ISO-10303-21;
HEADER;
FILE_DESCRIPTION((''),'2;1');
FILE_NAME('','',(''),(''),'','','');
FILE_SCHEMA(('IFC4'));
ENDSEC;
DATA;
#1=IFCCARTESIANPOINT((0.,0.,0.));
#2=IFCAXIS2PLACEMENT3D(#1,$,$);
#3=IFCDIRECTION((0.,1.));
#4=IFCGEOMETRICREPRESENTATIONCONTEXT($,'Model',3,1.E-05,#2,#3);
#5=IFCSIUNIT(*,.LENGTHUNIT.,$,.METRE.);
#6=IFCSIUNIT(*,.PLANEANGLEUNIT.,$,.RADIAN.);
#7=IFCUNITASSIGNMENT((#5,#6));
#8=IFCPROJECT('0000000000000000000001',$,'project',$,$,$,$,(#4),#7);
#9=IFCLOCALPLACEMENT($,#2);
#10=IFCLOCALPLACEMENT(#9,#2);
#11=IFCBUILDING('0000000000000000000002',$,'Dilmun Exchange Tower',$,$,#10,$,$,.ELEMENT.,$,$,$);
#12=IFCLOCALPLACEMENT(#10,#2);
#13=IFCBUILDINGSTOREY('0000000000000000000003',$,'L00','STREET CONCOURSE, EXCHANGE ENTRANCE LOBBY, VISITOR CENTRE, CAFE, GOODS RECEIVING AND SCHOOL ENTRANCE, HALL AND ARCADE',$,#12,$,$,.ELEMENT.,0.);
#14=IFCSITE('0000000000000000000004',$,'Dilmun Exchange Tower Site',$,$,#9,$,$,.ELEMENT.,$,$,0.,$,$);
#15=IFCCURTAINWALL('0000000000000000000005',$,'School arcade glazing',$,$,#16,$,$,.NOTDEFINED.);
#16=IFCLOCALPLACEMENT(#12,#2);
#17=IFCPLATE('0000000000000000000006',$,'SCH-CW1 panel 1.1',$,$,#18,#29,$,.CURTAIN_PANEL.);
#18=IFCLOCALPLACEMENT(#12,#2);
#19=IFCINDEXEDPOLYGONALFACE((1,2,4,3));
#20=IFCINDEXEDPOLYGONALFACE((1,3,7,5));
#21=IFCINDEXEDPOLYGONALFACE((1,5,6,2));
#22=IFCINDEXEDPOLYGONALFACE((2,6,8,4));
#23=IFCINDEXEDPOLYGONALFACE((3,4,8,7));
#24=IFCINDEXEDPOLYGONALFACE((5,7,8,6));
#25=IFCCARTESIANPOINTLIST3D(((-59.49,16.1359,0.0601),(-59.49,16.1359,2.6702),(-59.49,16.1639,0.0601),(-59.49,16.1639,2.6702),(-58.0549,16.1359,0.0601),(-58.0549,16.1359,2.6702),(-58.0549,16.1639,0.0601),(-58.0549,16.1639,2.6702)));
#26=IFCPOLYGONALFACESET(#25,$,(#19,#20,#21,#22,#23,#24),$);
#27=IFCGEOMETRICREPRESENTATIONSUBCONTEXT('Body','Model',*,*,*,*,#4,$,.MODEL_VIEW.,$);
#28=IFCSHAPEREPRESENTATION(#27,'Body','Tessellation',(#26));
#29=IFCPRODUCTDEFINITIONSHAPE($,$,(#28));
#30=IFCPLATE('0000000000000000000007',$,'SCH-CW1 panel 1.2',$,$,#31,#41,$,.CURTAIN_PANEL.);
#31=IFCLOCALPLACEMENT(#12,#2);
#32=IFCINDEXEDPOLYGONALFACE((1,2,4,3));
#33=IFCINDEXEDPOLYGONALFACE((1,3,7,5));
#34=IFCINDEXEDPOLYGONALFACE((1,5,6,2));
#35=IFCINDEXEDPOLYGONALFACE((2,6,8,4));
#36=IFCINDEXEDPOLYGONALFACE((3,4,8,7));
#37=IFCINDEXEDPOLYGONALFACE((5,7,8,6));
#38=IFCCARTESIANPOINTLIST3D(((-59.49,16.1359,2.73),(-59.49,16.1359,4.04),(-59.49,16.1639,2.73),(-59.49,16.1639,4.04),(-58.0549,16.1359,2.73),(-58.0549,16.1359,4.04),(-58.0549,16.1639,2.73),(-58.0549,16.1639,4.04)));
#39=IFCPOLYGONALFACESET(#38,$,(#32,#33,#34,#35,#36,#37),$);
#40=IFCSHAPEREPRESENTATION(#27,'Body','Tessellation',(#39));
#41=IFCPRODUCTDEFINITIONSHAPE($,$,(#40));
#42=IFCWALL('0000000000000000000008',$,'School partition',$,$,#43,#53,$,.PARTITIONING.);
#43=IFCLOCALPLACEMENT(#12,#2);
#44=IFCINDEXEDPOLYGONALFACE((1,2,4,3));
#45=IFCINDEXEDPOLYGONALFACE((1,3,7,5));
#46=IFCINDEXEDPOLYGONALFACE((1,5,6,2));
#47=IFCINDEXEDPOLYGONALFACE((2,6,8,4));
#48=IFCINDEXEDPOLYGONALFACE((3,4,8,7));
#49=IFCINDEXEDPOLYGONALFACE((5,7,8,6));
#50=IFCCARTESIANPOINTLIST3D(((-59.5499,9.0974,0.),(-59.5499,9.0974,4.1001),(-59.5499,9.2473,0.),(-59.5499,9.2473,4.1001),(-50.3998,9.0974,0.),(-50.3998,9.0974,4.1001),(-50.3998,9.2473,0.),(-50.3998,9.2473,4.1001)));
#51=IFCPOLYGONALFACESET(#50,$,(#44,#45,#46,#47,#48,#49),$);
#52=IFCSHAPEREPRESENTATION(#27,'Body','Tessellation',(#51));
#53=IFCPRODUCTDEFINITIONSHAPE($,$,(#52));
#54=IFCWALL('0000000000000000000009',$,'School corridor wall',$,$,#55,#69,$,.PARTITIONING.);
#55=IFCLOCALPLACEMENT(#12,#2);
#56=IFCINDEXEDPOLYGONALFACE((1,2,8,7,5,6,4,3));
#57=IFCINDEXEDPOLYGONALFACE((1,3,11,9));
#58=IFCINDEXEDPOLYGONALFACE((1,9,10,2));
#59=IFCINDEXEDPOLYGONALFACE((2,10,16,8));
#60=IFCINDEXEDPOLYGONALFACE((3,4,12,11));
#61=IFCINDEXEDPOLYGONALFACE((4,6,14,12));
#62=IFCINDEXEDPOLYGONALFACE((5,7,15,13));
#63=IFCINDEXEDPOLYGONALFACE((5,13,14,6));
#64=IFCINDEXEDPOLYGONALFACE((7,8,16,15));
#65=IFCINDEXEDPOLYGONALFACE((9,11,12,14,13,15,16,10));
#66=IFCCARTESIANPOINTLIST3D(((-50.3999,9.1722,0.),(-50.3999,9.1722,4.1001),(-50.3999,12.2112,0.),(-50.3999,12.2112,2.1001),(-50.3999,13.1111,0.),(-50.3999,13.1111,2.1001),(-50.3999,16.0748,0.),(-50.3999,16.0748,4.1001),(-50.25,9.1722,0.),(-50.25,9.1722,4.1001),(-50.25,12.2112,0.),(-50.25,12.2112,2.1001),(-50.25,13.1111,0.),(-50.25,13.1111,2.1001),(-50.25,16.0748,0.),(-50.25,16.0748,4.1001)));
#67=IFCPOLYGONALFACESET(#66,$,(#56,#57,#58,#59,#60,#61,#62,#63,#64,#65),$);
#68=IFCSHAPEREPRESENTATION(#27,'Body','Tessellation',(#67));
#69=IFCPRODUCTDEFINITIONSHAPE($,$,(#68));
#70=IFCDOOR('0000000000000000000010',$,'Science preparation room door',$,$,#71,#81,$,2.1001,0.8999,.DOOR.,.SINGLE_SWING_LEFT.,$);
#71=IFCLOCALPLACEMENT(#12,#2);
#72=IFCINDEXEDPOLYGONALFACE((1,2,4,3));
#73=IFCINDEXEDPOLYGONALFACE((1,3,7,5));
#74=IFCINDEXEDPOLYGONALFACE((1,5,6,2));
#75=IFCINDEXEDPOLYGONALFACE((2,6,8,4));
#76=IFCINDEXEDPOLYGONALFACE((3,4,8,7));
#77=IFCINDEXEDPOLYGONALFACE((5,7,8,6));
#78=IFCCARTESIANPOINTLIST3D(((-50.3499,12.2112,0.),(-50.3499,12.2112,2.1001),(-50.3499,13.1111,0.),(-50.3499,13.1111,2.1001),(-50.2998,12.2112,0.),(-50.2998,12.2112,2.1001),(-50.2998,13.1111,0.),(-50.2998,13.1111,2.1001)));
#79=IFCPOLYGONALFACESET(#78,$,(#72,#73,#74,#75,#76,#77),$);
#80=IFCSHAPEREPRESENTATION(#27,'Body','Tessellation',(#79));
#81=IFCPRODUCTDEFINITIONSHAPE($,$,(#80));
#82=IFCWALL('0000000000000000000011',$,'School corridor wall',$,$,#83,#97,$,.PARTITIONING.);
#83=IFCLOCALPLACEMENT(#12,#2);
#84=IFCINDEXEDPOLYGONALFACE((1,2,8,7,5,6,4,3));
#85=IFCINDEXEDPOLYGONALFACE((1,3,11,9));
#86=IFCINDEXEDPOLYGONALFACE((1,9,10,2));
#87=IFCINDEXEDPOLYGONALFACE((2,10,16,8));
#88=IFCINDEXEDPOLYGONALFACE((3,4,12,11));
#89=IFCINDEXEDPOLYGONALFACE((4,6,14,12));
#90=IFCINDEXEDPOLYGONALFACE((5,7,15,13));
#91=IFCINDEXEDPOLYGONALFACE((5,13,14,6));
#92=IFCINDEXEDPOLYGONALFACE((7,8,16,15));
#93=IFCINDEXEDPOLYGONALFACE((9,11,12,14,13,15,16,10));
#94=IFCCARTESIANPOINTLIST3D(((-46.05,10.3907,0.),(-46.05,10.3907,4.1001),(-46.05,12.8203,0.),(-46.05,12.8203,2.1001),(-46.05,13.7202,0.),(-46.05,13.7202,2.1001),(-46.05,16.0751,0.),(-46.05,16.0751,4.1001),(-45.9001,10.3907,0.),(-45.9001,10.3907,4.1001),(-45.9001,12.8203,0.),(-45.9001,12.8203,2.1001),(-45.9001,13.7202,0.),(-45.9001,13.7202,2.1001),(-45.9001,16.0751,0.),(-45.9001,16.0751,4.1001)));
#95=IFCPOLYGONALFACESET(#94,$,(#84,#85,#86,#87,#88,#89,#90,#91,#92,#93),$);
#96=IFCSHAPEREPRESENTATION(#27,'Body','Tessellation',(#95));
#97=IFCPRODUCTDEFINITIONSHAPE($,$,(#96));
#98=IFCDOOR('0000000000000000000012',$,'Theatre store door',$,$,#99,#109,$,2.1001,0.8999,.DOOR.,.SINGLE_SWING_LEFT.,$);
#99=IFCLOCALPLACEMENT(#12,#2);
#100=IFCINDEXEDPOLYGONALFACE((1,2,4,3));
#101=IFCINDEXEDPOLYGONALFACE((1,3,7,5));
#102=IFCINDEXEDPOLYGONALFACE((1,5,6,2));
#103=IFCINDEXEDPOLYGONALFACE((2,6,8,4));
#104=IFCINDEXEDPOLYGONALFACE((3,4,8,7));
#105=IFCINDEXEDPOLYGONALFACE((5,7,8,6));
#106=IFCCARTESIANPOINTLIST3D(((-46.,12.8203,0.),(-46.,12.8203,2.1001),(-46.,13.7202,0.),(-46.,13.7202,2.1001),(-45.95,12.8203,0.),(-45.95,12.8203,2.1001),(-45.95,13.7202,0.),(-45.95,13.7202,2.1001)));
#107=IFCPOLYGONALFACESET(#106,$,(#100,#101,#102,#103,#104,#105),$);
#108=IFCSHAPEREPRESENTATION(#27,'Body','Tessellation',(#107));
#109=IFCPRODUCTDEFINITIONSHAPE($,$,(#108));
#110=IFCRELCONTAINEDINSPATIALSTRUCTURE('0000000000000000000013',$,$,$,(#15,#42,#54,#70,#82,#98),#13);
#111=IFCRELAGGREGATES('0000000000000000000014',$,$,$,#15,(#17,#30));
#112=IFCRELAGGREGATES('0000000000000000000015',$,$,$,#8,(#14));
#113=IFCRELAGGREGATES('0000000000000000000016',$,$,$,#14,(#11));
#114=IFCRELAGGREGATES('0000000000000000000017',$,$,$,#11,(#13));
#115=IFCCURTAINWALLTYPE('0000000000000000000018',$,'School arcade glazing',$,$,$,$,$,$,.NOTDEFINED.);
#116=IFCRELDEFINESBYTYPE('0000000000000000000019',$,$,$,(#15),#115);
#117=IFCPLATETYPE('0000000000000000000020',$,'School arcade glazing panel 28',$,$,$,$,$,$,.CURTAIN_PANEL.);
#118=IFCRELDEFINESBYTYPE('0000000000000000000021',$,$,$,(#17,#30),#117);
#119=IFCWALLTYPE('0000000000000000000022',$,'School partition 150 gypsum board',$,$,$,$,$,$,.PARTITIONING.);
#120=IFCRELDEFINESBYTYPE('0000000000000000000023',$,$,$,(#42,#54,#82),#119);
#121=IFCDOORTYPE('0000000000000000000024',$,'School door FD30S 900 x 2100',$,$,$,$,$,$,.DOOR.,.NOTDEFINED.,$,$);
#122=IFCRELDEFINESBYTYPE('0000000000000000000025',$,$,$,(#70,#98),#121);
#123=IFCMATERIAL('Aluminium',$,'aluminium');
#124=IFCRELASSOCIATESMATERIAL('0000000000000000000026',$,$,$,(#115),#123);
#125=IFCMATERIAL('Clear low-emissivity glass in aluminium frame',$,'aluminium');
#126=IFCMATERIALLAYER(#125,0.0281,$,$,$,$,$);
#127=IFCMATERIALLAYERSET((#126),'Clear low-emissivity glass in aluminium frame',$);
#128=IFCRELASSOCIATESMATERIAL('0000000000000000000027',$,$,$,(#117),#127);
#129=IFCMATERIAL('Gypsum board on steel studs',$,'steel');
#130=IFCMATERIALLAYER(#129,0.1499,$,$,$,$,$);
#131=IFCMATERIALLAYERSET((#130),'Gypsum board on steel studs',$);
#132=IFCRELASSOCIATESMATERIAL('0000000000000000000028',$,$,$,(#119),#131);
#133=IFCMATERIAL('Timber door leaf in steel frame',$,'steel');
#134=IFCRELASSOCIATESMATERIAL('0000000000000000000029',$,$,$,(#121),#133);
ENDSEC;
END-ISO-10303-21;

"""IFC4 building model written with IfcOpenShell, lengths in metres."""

from ifc_helpers import new_model, si_unit, direction, frame, frame_2d, origin, origin_2d, place, context, subcontext, project, spatial, rectangle, extrude, material, layer, layer_set, type_object, element, fill, aggregate, save


model = new_model("IFC4")

# Units and contexts
model_context = context("Model", 3, precision=1e-05, world=origin(), true_north=direction((0.0, 1.0)))
body_context = subcontext(model_context, "Body", "Model", "MODEL_VIEW")
ifc_project = project(units=[si_unit("LENGTHUNIT", "METRE"), si_unit("PLANEANGLEUNIT", "RADIAN")], contexts=[model_context])

# Site, building, storey
site_placement = place(None, origin())
site = spatial("IfcSite", under=ifc_project, at=site_placement, Name="Dilmun Exchange Tower Site", CompositionType="ELEMENT", RefElevation=0.0)
building_placement = place(site_placement, origin())
building = spatial("IfcBuilding", under=site, at=building_placement, Name="Dilmun Exchange Tower", CompositionType="ELEMENT")
storey_placement = place(building_placement, origin())
storey = spatial("IfcBuildingStorey", under=building, at=storey_placement, Name="L00", Description="STREET CONCOURSE, EXCHANGE ENTRANCE LOBBY, VISITOR CENTRE, CAFE, GOODS RECEIVING AND SCHOOL ENTRANCE, HALL AND ARCADE", CompositionType="ELEMENT", Elevation=0.0)

# Curtain wall, plates
ifc_material_1 = material(Name="Aluminium", Category="aluminium")
curtain_wall_type = type_object("IfcCurtainWallType", Name="School arcade glazing", PredefinedType="NOTDEFINED", material=ifc_material_1)
curtain_wall_placement = place(storey_placement, origin())
curtain_wall = element("IfcCurtainWall", 1, at=curtain_wall_placement, inside=storey, type_object=curtain_wall_type, Name="School arcade glazing", PredefinedType="NOTDEFINED")
ifc_material_2 = material(Name="Clear low-emissivity glass in aluminium frame", Category="aluminium")
ifc_layer_1 = layer(ifc_material_2, 0.0281)
ifc_layer_set_1 = layer_set([ifc_layer_1], Name="Clear low-emissivity glass in aluminium frame")
plate_type = type_object("IfcPlateType", Name="School arcade glazing panel 28", PredefinedType="CURTAIN_PANEL", material=ifc_layer_set_1)
plate_1_placement = place(storey_placement, frame((-58.7725, 16.1499, 0.0601), z_axis=(0.0, 0.0, 1.0), x_axis=(1.0, 0.0, 0.0)))
plate_1 = element("IfcPlate", 2, at=plate_1_placement, type_object=plate_type, Name="SCH-CW1 panel 1.1", PredefinedType="CURTAIN_PANEL", context=body_context, shape_type="SweptSolid", body=[
    extrude(rectangle(XDim=1.4351, YDim=0.0281, at=origin_2d()), origin(), (0.0, 0.0, 1.0), 2.6101),
])
plate_2_placement = place(storey_placement, frame((-58.7725, 16.1499, 2.73), z_axis=(0.0, 0.0, 1.0), x_axis=(1.0, 0.0, 0.0)))
plate_2 = element("IfcPlate", 3, at=plate_2_placement, type_object=plate_type, Name="SCH-CW1 panel 1.2", PredefinedType="CURTAIN_PANEL", context=body_context, shape_type="SweptSolid", body=[
    extrude(rectangle(XDim=1.4351, YDim=0.0281, at=origin_2d()), origin(), (0.0, 0.0, 1.0), 1.3101),
])
aggregate(curtain_wall, [plate_1, plate_2])

# Wall
ifc_material_3 = material(Name="Gypsum board on steel studs", Category="steel")
ifc_layer_2 = layer(ifc_material_3, 0.1499)
ifc_layer_set_2 = layer_set([ifc_layer_2], Name="Gypsum board on steel studs")
wall_type = type_object("IfcWallType", Name="School partition 150 gypsum board", PredefinedType="PARTITIONING", material=ifc_layer_set_2)
wall_1_placement = place(storey_placement, frame((-59.55, 9.1724, 0.0), z_axis=(0.0, 0.0, 1.0), x_axis=(1.0, 0.0, 0.0)))
element("IfcWall", 4, at=wall_1_placement, inside=storey, type_object=wall_type, Name="School partition", PredefinedType="PARTITIONING", context=body_context, shape_type="SweptSolid", body=[
    extrude(rectangle(XDim=9.1501, YDim=0.1499, at=frame_2d((4.5752, 0.0))), origin(), (0.0, 0.0, 1.0), 4.1001),
])

# Walls, openings, doors
wall_2_placement = place(storey_placement, frame((-50.325, 9.1724, 0.0), z_axis=(0.0, 0.0, 1.0), x_axis=(0.0, 1.0, 0.0)))
wall_2 = element("IfcWall", 5, at=wall_2_placement, inside=storey, type_object=wall_type, Name="School corridor wall", PredefinedType="PARTITIONING", context=body_context, shape_type="SweptSolid", body=[
    extrude(rectangle(XDim=6.9026, YDim=0.1499, at=frame_2d((3.4512, 0.0))), origin(), (0.0, 0.0, 1.0), 4.1001),
])
opening_1_placement = place(wall_2_placement, frame((3.0388, 0.0, 0.0)))
opening_1 = element("IfcOpeningElement", 6, at=opening_1_placement, cuts=wall_2, PredefinedType="OPENING", context=body_context, shape_type="SweptSolid", body=[
    extrude(rectangle(XDim=0.8999, YDim=2.1001, at=frame_2d((0.45, 1.05))), frame((0.0, 0.085, 0.0), z_axis=(0.0, -1.0, 0.0), x_axis=(1.0, 0.0, 0.0)), (0.0, 0.0, 1.0), 0.1699),
])
ifc_material_4 = material(Name="Timber door leaf in steel frame", Category="steel")
door_type = type_object("IfcDoorType", Name="School door FD30S 900 x 2100", OperationType="NOTDEFINED", PredefinedType="DOOR", material=ifc_material_4)
door_1_placement = place(opening_1_placement, origin())
door_1 = element("IfcDoor", 7, at=door_1_placement, inside=storey, type_object=door_type, Name="Science preparation room door", OperationType="SINGLE_SWING_LEFT", OverallHeight=2.1001, OverallWidth=0.8999, PredefinedType="DOOR", context=body_context, shape_type="SweptSolid", body=[
    extrude(rectangle(XDim=0.8999, YDim=2.1001, at=frame_2d((0.45, 1.05))), frame((0.0, 0.0249, 0.0), z_axis=(0.0, -1.0, 0.0), x_axis=(1.0, 0.0, 0.0)), (0.0, 0.0, 1.0), 0.05),
])
fill(opening_1, door_1)
wall_3_placement = place(storey_placement, frame((-45.9751, 10.3906, 0.0), z_axis=(0.0, 0.0, 1.0), x_axis=(0.0, 1.0, 0.0)))
wall_3 = element("IfcWall", 8, at=wall_3_placement, inside=storey, type_object=wall_type, Name="School corridor wall", PredefinedType="PARTITIONING", context=body_context, shape_type="SweptSolid", body=[
    extrude(rectangle(XDim=5.6843, YDim=0.1499, at=frame_2d((2.8423, 0.0))), origin(), (0.0, 0.0, 1.0), 4.1001),
])
opening_2_placement = place(wall_3_placement, frame((2.4297, 0.0, 0.0)))
opening_2 = element("IfcOpeningElement", 9, at=opening_2_placement, cuts=wall_3, PredefinedType="OPENING", context=body_context, shape_type="SweptSolid", body=[
    extrude(rectangle(XDim=0.8999, YDim=2.1001, at=frame_2d((0.45, 1.05))), frame((0.0, 0.085, 0.0), z_axis=(0.0, -1.0, 0.0), x_axis=(1.0, 0.0, 0.0)), (0.0, 0.0, 1.0), 0.1699),
])
door_2_placement = place(opening_2_placement, origin())
door_2 = element("IfcDoor", 10, at=door_2_placement, inside=storey, type_object=door_type, Name="Theatre store door", OperationType="SINGLE_SWING_LEFT", OverallHeight=2.1001, OverallWidth=0.8999, PredefinedType="DOOR", context=body_context, shape_type="SweptSolid", body=[
    extrude(rectangle(XDim=0.8999, YDim=2.1001, at=frame_2d((0.45, 1.05))), frame((0.0, 0.0249, 0.0), z_axis=(0.0, -1.0, 0.0), x_axis=(1.0, 0.0, 0.0)), (0.0, 0.0, 1.0), 0.05),
])
fill(opening_2, door_2)

save(model, "model.ifc")
